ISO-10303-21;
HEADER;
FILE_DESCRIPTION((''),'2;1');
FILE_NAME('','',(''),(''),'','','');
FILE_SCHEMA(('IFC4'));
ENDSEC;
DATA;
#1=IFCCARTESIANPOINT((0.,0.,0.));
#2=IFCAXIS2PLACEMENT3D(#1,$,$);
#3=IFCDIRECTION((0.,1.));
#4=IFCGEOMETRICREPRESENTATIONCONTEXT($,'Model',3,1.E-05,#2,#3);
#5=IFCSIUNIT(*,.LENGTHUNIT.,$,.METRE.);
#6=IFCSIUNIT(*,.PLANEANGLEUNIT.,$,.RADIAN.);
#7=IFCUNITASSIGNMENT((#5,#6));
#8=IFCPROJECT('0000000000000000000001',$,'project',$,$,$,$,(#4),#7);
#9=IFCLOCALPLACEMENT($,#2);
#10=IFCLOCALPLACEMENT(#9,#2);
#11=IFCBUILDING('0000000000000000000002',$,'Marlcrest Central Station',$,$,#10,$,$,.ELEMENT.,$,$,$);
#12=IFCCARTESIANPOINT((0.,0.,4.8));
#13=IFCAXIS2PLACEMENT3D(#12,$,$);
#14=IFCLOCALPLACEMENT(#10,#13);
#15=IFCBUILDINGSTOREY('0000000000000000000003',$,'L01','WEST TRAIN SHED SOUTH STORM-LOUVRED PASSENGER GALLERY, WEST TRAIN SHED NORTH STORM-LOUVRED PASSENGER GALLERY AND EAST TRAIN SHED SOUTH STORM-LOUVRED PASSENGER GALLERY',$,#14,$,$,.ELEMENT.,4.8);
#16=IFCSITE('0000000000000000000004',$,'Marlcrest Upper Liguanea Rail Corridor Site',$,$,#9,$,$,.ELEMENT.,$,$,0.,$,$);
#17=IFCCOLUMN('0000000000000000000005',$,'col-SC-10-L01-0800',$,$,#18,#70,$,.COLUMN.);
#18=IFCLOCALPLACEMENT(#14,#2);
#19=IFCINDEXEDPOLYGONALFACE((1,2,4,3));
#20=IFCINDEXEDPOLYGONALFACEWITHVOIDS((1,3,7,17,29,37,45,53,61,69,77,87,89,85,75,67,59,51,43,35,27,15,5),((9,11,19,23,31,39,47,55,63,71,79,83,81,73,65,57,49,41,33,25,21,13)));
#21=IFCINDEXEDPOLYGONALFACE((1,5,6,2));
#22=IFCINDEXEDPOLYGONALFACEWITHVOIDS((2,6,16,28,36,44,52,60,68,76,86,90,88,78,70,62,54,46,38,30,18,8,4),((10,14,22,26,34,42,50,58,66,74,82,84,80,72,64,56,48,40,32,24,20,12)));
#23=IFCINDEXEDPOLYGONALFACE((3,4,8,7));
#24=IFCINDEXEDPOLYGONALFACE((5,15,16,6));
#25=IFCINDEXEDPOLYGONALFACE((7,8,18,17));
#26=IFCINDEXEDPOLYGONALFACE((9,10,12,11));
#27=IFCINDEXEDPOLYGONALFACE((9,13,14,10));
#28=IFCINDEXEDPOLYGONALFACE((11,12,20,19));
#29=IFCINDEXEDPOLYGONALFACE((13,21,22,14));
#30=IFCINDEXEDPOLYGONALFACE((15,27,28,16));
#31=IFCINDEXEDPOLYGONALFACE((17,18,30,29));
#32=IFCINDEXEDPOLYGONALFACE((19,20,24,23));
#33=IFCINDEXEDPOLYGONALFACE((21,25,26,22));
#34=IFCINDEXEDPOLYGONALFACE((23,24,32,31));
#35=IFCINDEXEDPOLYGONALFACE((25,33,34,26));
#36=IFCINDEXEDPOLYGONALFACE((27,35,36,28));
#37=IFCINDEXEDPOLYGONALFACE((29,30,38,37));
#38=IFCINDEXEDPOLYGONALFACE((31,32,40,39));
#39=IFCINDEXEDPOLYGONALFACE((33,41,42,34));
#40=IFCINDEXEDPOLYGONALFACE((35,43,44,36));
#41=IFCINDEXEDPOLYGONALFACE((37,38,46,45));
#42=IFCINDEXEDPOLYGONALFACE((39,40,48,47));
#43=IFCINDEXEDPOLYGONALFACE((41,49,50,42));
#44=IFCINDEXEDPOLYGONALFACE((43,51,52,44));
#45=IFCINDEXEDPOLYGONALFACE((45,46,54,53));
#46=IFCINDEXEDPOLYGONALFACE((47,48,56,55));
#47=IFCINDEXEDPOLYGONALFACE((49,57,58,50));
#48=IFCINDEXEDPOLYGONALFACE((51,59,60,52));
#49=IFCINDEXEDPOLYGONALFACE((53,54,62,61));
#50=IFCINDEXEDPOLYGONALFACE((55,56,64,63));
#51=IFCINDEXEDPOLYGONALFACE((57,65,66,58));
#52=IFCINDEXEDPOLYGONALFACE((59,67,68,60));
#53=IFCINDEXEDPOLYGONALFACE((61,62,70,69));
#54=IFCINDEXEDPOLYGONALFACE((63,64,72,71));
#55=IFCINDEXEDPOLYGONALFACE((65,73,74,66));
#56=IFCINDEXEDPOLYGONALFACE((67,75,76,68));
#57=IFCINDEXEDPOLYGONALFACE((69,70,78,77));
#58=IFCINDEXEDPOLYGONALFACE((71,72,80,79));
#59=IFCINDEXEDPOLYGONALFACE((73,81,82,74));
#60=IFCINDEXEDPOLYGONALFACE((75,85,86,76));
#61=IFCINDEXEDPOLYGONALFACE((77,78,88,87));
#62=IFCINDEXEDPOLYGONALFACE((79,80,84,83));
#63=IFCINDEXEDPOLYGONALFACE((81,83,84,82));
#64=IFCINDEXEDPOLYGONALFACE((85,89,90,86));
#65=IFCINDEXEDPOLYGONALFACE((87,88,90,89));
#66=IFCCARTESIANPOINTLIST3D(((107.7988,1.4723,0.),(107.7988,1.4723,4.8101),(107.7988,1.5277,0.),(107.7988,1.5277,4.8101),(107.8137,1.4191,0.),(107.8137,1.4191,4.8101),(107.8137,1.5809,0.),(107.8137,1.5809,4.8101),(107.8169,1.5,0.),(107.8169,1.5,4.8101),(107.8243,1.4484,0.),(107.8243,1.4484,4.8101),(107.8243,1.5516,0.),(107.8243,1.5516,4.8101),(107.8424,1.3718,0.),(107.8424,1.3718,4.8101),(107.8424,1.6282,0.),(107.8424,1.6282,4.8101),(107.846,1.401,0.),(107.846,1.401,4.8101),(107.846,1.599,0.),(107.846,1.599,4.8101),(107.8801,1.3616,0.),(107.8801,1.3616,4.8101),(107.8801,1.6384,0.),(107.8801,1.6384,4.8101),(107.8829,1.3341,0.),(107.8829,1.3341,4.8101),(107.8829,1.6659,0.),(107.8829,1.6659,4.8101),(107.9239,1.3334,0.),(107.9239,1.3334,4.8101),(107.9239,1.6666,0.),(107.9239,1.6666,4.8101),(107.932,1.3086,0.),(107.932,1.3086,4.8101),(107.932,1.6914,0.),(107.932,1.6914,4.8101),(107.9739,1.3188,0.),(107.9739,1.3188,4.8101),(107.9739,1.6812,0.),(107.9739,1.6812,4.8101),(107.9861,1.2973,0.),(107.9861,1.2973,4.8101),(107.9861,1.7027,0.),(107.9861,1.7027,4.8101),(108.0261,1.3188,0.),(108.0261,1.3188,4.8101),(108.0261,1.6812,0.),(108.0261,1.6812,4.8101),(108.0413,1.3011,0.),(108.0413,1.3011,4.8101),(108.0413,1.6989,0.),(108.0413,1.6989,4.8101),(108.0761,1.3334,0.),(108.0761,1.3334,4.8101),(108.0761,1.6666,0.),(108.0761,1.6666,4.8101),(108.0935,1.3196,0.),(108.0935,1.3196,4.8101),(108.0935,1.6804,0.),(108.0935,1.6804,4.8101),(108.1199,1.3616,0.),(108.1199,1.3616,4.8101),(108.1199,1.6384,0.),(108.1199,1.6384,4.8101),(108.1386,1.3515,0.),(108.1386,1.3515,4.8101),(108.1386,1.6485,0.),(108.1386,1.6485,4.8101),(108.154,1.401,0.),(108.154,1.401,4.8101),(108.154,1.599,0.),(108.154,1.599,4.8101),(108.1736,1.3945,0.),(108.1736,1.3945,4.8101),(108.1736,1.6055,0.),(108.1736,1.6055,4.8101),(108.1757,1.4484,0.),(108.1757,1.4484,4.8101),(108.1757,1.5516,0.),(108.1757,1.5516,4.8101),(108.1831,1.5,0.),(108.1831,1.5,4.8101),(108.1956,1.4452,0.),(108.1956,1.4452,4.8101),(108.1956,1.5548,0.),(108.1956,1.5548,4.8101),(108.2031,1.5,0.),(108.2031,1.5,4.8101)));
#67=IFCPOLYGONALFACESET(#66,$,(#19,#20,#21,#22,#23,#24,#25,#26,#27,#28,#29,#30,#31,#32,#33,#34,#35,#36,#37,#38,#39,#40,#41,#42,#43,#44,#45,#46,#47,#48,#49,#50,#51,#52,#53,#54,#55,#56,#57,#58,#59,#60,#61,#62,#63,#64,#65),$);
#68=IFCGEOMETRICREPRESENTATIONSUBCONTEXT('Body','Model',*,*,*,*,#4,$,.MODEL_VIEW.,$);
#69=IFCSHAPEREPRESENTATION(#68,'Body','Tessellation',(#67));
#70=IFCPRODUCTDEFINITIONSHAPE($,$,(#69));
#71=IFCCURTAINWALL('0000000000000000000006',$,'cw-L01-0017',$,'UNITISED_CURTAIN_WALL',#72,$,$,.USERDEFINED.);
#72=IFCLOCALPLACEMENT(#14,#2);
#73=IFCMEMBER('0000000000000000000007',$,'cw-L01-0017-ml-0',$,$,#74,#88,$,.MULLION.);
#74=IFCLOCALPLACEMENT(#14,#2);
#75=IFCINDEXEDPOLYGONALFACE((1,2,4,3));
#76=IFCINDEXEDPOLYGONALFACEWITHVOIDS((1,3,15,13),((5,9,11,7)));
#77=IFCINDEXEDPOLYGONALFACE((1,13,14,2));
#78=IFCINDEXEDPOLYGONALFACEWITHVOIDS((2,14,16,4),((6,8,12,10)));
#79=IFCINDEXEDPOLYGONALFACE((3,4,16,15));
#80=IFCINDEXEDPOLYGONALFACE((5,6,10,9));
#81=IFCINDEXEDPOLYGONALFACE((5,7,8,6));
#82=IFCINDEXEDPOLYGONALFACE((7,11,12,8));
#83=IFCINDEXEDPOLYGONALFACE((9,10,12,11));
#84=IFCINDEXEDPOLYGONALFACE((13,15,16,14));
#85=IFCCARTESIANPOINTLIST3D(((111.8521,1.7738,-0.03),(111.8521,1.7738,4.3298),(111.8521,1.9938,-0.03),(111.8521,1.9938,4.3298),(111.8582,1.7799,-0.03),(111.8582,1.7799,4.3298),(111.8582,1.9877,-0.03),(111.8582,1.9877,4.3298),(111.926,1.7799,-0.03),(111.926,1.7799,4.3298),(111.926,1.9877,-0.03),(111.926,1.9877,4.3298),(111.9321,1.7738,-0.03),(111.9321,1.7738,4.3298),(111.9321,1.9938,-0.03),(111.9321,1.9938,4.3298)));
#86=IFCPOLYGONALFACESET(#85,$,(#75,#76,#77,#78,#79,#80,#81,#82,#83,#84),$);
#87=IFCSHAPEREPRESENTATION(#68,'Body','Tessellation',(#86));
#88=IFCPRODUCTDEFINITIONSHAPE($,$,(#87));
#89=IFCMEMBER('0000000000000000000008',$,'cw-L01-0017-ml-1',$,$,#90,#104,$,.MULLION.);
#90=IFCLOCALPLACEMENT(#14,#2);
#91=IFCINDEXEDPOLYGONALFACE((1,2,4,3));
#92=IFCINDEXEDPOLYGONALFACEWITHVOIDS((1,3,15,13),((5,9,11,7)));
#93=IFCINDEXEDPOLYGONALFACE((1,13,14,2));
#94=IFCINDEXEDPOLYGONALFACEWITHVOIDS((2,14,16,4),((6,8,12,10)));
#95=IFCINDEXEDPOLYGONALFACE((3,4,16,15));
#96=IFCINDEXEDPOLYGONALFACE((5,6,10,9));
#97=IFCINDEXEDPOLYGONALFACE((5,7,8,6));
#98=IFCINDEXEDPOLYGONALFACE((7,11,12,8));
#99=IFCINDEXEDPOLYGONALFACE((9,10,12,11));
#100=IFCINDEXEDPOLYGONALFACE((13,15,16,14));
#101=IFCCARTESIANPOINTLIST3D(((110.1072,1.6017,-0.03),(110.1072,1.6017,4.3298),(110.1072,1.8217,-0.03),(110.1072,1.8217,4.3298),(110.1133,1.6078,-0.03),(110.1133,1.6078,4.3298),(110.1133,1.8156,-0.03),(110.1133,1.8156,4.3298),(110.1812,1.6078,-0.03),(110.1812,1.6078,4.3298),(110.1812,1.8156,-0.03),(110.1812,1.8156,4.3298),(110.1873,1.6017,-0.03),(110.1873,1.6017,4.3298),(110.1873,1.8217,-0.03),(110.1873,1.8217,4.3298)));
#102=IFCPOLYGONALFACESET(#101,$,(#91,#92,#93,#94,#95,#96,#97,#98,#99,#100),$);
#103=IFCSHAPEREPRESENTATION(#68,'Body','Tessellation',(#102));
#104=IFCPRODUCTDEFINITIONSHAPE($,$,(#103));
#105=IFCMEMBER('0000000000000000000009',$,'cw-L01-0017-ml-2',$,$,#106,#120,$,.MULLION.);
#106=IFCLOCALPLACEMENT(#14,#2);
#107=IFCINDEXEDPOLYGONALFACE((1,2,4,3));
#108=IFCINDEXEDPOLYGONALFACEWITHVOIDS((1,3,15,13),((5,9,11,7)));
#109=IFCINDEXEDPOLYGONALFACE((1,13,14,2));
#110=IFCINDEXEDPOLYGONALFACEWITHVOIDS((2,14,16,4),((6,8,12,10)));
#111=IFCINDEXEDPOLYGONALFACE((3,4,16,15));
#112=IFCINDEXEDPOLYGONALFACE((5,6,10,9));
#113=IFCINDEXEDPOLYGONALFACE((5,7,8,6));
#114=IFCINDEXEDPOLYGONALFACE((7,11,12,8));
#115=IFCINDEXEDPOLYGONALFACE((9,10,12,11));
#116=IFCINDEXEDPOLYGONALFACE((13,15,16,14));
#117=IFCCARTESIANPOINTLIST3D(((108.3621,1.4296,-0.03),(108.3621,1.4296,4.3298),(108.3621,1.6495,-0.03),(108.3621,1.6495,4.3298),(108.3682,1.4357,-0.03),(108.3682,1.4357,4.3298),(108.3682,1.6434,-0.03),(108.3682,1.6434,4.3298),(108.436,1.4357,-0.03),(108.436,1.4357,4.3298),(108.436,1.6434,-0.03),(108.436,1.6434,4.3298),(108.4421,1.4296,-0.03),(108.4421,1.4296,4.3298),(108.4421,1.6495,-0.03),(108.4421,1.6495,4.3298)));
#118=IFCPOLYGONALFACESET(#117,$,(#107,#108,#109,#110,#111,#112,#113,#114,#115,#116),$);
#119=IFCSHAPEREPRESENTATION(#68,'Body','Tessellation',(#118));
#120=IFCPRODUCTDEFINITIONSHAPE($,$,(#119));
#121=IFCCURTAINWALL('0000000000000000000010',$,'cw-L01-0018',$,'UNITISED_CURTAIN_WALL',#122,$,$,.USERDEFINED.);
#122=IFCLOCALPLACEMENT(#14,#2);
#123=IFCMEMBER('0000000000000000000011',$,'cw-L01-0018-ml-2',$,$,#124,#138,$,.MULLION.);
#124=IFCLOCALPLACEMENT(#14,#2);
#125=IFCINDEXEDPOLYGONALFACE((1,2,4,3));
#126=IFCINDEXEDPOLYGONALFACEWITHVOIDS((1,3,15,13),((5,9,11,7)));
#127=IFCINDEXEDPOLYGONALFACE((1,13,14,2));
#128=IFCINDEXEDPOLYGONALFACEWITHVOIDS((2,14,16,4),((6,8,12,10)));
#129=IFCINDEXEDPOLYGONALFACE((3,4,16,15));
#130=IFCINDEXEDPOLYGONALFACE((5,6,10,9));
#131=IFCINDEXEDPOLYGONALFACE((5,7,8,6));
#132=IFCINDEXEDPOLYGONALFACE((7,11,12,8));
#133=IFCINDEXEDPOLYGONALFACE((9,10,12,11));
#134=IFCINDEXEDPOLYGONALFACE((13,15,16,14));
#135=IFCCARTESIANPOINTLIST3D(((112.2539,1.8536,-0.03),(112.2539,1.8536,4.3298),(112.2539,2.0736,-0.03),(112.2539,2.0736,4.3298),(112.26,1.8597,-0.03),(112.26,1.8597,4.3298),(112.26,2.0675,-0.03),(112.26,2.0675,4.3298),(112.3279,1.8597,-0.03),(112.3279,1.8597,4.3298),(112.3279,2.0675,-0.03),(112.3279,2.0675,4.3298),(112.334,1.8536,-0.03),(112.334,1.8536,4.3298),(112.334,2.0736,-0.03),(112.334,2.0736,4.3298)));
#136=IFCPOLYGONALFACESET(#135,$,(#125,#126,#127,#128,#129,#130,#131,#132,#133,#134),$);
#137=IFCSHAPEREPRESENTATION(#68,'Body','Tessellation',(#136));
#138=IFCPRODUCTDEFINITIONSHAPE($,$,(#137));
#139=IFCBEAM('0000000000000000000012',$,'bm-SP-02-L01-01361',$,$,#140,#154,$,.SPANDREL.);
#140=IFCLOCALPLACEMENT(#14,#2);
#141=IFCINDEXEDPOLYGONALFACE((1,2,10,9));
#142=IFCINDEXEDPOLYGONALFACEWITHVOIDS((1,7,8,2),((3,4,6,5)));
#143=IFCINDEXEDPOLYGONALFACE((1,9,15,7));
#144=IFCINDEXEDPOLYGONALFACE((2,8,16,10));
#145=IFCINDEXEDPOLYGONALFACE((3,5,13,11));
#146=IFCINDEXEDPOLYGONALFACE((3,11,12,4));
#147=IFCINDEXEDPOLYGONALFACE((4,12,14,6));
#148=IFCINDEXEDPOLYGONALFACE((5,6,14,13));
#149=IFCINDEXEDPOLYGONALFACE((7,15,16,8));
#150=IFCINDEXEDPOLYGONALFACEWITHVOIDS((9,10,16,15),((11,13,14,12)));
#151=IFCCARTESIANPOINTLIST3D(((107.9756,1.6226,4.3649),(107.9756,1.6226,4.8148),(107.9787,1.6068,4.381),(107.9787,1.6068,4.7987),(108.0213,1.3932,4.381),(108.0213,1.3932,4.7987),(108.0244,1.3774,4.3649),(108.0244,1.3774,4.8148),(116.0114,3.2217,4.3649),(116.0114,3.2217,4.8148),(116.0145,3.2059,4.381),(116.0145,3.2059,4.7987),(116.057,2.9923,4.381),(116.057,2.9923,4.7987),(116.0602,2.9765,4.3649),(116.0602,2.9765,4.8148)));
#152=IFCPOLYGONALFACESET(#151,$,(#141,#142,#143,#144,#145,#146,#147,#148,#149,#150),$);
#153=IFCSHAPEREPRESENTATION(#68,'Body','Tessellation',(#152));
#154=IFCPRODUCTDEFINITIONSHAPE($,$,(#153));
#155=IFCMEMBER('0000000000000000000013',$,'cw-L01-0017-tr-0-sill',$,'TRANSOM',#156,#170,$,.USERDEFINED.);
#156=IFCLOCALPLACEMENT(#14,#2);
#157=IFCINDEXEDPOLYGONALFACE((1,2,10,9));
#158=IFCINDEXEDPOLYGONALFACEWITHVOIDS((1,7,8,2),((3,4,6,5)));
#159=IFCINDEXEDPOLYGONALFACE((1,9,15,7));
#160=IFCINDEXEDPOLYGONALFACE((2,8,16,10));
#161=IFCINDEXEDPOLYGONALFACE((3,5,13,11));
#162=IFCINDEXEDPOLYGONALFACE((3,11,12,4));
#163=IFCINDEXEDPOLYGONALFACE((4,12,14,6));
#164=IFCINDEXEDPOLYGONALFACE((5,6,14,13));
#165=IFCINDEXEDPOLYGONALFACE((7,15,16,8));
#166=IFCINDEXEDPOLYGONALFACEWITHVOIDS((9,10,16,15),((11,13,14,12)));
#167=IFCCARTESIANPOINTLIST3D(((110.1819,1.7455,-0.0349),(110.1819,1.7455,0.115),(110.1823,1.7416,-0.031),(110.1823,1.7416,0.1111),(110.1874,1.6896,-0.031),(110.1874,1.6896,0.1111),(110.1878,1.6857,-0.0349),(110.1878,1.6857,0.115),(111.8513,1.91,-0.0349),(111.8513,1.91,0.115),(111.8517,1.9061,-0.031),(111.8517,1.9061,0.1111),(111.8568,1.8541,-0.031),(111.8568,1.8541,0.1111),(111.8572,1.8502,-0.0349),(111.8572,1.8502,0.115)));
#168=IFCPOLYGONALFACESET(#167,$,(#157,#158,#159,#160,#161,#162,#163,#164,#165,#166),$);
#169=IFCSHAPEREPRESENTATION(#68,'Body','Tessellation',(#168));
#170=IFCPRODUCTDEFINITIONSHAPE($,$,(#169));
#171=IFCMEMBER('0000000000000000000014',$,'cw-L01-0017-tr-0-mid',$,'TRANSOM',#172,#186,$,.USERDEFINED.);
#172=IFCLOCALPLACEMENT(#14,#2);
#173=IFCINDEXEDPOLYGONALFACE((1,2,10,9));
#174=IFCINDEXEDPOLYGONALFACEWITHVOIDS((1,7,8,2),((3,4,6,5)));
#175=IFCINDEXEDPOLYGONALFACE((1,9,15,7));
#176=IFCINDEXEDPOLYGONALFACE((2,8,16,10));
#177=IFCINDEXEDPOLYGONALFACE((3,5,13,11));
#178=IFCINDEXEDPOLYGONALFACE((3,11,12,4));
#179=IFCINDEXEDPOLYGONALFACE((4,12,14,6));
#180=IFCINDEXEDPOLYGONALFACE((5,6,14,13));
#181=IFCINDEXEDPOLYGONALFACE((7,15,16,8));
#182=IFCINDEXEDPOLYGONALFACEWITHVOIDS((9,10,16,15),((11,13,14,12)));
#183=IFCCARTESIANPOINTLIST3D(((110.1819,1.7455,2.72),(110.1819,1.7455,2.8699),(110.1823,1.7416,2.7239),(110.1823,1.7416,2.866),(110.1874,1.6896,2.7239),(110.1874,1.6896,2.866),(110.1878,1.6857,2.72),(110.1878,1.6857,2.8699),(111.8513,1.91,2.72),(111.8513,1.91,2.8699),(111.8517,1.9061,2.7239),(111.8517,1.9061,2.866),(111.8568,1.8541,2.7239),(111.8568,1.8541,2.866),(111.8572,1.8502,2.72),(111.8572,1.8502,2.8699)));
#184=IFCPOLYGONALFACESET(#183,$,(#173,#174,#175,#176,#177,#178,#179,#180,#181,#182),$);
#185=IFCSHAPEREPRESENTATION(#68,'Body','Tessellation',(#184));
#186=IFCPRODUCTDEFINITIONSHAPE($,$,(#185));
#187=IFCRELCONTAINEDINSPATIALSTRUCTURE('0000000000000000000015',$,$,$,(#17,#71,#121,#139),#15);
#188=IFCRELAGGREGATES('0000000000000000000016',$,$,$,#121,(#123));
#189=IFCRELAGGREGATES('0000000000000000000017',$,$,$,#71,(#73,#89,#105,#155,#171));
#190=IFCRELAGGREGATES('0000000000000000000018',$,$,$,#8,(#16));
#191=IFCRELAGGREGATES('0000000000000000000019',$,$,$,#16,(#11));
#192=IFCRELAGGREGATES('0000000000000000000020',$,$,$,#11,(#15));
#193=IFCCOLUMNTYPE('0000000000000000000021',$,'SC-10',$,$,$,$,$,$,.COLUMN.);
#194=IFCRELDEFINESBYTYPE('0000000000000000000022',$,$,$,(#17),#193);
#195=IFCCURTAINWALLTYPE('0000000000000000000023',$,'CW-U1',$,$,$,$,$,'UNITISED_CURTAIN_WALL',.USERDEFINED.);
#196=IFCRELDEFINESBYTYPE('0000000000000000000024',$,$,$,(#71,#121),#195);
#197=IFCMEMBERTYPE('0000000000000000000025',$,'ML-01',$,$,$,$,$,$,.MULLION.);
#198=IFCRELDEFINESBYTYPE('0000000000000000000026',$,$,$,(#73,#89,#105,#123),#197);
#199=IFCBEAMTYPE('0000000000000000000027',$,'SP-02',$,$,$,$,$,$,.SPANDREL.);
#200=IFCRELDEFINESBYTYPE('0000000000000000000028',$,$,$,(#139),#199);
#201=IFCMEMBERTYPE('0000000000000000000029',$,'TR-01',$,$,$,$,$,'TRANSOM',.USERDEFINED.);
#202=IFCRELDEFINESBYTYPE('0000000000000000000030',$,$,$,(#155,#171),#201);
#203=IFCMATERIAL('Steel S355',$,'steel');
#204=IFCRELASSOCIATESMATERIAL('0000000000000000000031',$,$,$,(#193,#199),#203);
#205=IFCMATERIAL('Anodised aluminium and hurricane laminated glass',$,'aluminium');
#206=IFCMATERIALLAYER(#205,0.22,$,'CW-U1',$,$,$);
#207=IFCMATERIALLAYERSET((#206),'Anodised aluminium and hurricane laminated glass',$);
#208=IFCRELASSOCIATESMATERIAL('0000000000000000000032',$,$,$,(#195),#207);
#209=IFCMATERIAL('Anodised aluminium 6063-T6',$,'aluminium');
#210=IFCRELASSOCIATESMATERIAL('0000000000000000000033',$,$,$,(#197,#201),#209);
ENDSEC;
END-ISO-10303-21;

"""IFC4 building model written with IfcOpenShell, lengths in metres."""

from ifc_helpers import new_model, si_unit, direction, frame, origin, origin_2d, place, context, subcontext, project, spatial, hollow_rectangle, hollow_circle, extrude, material, layer, layer_set, material_profile, profile_set, type_object, element, aggregate, save


model = new_model("IFC4")

# Units and contexts
model_context = context("Model", 3, precision=1e-05, world=origin(), true_north=direction((0.0, 1.0)))
body_context = subcontext(model_context, "Body", "Model", "MODEL_VIEW")
ifc_project = project(units=[si_unit("LENGTHUNIT", "METRE"), si_unit("PLANEANGLEUNIT", "RADIAN")], contexts=[model_context])

# Site, building, storey
site_placement = place(None, origin())
site = spatial("IfcSite", under=ifc_project, at=site_placement, Name="Marlcrest Upper Liguanea Rail Corridor Site", CompositionType="ELEMENT", RefElevation=0.0)
building_placement = place(site_placement, origin())
building = spatial("IfcBuilding", under=site, at=building_placement, Name="Marlcrest Central Station", CompositionType="ELEMENT")
storey_placement = place(building_placement, frame((0.0, 0.0, 4.8)))
storey = spatial("IfcBuildingStorey", under=building, at=storey_placement, Name="L01", Description="WEST TRAIN SHED SOUTH STORM-LOUVRED PASSENGER GALLERY, WEST TRAIN SHED NORTH STORM-LOUVRED PASSENGER GALLERY AND EAST TRAIN SHED SOUTH STORM-LOUVRED PASSENGER GALLERY", CompositionType="ELEMENT", Elevation=4.8)

# Column
ifc_material_1 = material(Name="Steel S355", Category="steel")
ifc_material_profile_1 = material_profile(ifc_material_1, hollow_circle(Radius=0.2031, WallThickness=0.02, at=origin_2d()), Name="CHS 406.4x20")
ifc_profile_set_1 = profile_set([ifc_material_profile_1], Name="Steel S355")
column_type = type_object("IfcColumnType", Name="SC-10", PredefinedType="COLUMN", material=ifc_profile_set_1)
column_placement = place(storey_placement, frame((108.0, 1.5, 0.0), z_axis=(0.0, 0.0, 1.0), x_axis=(1.0, 0.0, 0.0)))
element("IfcColumn", 1, at=column_placement, inside=storey, type_object=column_type, Name="col-SC-10-L01-0800", PredefinedType="COLUMN", context=body_context, shape_type="SweptSolid", body=[
    extrude(hollow_circle(Radius=0.2031, WallThickness=0.02, at=origin_2d()), origin(), (0.0, 0.0, 1.0), 4.8101),
])

# Curtain wall, members
ifc_material_2 = material(Name="Anodised aluminium and hurricane laminated glass", Category="aluminium")
ifc_layer_1 = layer(ifc_material_2, 0.22, Name="CW-U1")
ifc_layer_set_1 = layer_set([ifc_layer_1], Name="Anodised aluminium and hurricane laminated glass")
curtain_wall_type = type_object("IfcCurtainWallType", Name="CW-U1", ElementType="UNITISED_CURTAIN_WALL", PredefinedType="USERDEFINED", material=ifc_layer_set_1)
curtain_wall_1_placement = place(storey_placement, origin())
curtain_wall_1 = element("IfcCurtainWall", 2, at=curtain_wall_1_placement, inside=storey, type_object=curtain_wall_type, Name="cw-L01-0017", ObjectType="UNITISED_CURTAIN_WALL", PredefinedType="USERDEFINED")
ifc_material_3 = material(Name="Anodised aluminium 6063-T6", Category="aluminium")
ifc_material_profile_2 = material_profile(ifc_material_3, hollow_rectangle(XDim=0.0801, YDim=0.22, WallThickness=0.0061, at=origin_2d()), Name="AA-RHS 220x80x6")
ifc_profile_set_2 = profile_set([ifc_material_profile_2], Name="Anodised aluminium 6063-T6")
member_type_1 = type_object("IfcMemberType", Name="ML-01", PredefinedType="MULLION", material=ifc_profile_set_2)
member_1_placement = place(storey_placement, frame((111.8921, 1.8838, -0.03), z_axis=(0.0, 0.0, 1.0), x_axis=(1.0, 0.0, 0.0)))
member_1 = element("IfcMember", 3, at=member_1_placement, type_object=member_type_1, Name="cw-L01-0017-ml-0", PredefinedType="MULLION", context=body_context, shape_type="SweptSolid", body=[
    extrude(hollow_rectangle(XDim=0.0801, YDim=0.22, WallThickness=0.0061, at=origin_2d()), origin(), (0.0, 0.0, 1.0), 4.3599),
])
member_2_placement = place(storey_placement, frame((110.1472, 1.7117, -0.03), z_axis=(0.0, 0.0, 1.0), x_axis=(1.0, 0.0, 0.0)))
member_2 = element("IfcMember", 4, at=member_2_placement, type_object=member_type_1, Name="cw-L01-0017-ml-1", PredefinedType="MULLION", context=body_context, shape_type="SweptSolid", body=[
    extrude(hollow_rectangle(XDim=0.0801, YDim=0.22, WallThickness=0.0061, at=origin_2d()), origin(), (0.0, 0.0, 1.0), 4.3599),
])
member_3_placement = place(storey_placement, frame((108.4021, 1.5396, -0.03), z_axis=(0.0, 0.0, 1.0), x_axis=(1.0, 0.0, 0.0)))
member_3 = element("IfcMember", 5, at=member_3_placement, type_object=member_type_1, Name="cw-L01-0017-ml-2", PredefinedType="MULLION", context=body_context, shape_type="SweptSolid", body=[
    extrude(hollow_rectangle(XDim=0.0801, YDim=0.22, WallThickness=0.0061, at=origin_2d()), origin(), (0.0, 0.0, 1.0), 4.3599),
])

# Curtain wall, member
curtain_wall_2_placement = place(storey_placement, origin())
curtain_wall_2 = element("IfcCurtainWall", 6, at=curtain_wall_2_placement, inside=storey, type_object=curtain_wall_type, Name="cw-L01-0018", ObjectType="UNITISED_CURTAIN_WALL", PredefinedType="USERDEFINED")
member_4_placement = place(storey_placement, frame((112.2939, 1.9636, -0.03), z_axis=(0.0, 0.0, 1.0), x_axis=(1.0, 0.0, 0.0)))
member_4 = element("IfcMember", 7, at=member_4_placement, type_object=member_type_1, Name="cw-L01-0018-ml-2", PredefinedType="MULLION", context=body_context, shape_type="SweptSolid", body=[
    extrude(hollow_rectangle(XDim=0.0801, YDim=0.22, WallThickness=0.0061, at=origin_2d()), origin(), (0.0, 0.0, 1.0), 4.3599),
])

# Beam
ifc_material_profile_3 = material_profile(ifc_material_1, hollow_rectangle(XDim=0.25, YDim=0.45, WallThickness=0.0161, at=origin_2d()), Name="RHS 450x250x16")
ifc_profile_set_3 = profile_set([ifc_material_profile_3], Name="Steel S355")
beam_type = type_object("IfcBeamType", Name="SP-02", PredefinedType="SPANDREL", material=ifc_profile_set_3)
beam_placement = place(storey_placement, frame((108.0, 1.5, 4.5898), z_axis=(0.980769, 0.195171, 0.0), x_axis=(-0.195171, 0.980769, 0.0)))
element("IfcBeam", 8, at=beam_placement, inside=storey, type_object=beam_type, Name="bm-SP-02-L01-01361", PredefinedType="SPANDREL", context=body_context, shape_type="SweptSolid", body=[
    extrude(hollow_rectangle(XDim=0.25, YDim=0.45, WallThickness=0.0161, at=origin_2d()), origin(), (0.0, 0.0, 1.0), 8.1934),
])

# Members
ifc_material_profile_4 = material_profile(ifc_material_3, hollow_rectangle(XDim=0.0601, YDim=0.1499, WallThickness=0.0039, at=origin_2d()), Name="AA-RHS 150x60x4")
ifc_profile_set_4 = profile_set([ifc_material_profile_4], Name="Anodised aluminium 6063-T6")
member_type_2 = type_object("IfcMemberType", Name="TR-01", ElementType="TRANSOM", PredefinedType="USERDEFINED", material=ifc_profile_set_4)
member_5_placement = place(storey_placement, frame((111.8542, 1.8801, 0.04), z_axis=(-0.995177, -0.098091, 0.0), x_axis=(0.098091, -0.995177, 0.0)))
member_5 = element("IfcMember", 9, at=member_5_placement, type_object=member_type_2, Name="cw-L01-0017-tr-0-sill", ObjectType="TRANSOM", PredefinedType="USERDEFINED", context=body_context, shape_type="SweptSolid", body=[
    extrude(hollow_rectangle(XDim=0.0601, YDim=0.1499, WallThickness=0.0039, at=origin_2d()), origin(), (0.0, 0.0, 1.0), 1.6775),
])
member_6_placement = place(storey_placement, frame((111.8542, 1.8801, 2.7949), z_axis=(-0.995177, -0.098091, 0.0), x_axis=(0.098091, -0.995177, 0.0)))
member_6 = element("IfcMember", 10, at=member_6_placement, type_object=member_type_2, Name="cw-L01-0017-tr-0-mid", ObjectType="TRANSOM", PredefinedType="USERDEFINED", context=body_context, shape_type="SweptSolid", body=[
    extrude(hollow_rectangle(XDim=0.0601, YDim=0.1499, WallThickness=0.0039, at=origin_2d()), origin(), (0.0, 0.0, 1.0), 1.6775),
])

aggregate(curtain_wall_2, [member_4])
aggregate(curtain_wall_1, [member_1, member_2, member_3, member_5, member_6])

save(model, "model.ifc")
